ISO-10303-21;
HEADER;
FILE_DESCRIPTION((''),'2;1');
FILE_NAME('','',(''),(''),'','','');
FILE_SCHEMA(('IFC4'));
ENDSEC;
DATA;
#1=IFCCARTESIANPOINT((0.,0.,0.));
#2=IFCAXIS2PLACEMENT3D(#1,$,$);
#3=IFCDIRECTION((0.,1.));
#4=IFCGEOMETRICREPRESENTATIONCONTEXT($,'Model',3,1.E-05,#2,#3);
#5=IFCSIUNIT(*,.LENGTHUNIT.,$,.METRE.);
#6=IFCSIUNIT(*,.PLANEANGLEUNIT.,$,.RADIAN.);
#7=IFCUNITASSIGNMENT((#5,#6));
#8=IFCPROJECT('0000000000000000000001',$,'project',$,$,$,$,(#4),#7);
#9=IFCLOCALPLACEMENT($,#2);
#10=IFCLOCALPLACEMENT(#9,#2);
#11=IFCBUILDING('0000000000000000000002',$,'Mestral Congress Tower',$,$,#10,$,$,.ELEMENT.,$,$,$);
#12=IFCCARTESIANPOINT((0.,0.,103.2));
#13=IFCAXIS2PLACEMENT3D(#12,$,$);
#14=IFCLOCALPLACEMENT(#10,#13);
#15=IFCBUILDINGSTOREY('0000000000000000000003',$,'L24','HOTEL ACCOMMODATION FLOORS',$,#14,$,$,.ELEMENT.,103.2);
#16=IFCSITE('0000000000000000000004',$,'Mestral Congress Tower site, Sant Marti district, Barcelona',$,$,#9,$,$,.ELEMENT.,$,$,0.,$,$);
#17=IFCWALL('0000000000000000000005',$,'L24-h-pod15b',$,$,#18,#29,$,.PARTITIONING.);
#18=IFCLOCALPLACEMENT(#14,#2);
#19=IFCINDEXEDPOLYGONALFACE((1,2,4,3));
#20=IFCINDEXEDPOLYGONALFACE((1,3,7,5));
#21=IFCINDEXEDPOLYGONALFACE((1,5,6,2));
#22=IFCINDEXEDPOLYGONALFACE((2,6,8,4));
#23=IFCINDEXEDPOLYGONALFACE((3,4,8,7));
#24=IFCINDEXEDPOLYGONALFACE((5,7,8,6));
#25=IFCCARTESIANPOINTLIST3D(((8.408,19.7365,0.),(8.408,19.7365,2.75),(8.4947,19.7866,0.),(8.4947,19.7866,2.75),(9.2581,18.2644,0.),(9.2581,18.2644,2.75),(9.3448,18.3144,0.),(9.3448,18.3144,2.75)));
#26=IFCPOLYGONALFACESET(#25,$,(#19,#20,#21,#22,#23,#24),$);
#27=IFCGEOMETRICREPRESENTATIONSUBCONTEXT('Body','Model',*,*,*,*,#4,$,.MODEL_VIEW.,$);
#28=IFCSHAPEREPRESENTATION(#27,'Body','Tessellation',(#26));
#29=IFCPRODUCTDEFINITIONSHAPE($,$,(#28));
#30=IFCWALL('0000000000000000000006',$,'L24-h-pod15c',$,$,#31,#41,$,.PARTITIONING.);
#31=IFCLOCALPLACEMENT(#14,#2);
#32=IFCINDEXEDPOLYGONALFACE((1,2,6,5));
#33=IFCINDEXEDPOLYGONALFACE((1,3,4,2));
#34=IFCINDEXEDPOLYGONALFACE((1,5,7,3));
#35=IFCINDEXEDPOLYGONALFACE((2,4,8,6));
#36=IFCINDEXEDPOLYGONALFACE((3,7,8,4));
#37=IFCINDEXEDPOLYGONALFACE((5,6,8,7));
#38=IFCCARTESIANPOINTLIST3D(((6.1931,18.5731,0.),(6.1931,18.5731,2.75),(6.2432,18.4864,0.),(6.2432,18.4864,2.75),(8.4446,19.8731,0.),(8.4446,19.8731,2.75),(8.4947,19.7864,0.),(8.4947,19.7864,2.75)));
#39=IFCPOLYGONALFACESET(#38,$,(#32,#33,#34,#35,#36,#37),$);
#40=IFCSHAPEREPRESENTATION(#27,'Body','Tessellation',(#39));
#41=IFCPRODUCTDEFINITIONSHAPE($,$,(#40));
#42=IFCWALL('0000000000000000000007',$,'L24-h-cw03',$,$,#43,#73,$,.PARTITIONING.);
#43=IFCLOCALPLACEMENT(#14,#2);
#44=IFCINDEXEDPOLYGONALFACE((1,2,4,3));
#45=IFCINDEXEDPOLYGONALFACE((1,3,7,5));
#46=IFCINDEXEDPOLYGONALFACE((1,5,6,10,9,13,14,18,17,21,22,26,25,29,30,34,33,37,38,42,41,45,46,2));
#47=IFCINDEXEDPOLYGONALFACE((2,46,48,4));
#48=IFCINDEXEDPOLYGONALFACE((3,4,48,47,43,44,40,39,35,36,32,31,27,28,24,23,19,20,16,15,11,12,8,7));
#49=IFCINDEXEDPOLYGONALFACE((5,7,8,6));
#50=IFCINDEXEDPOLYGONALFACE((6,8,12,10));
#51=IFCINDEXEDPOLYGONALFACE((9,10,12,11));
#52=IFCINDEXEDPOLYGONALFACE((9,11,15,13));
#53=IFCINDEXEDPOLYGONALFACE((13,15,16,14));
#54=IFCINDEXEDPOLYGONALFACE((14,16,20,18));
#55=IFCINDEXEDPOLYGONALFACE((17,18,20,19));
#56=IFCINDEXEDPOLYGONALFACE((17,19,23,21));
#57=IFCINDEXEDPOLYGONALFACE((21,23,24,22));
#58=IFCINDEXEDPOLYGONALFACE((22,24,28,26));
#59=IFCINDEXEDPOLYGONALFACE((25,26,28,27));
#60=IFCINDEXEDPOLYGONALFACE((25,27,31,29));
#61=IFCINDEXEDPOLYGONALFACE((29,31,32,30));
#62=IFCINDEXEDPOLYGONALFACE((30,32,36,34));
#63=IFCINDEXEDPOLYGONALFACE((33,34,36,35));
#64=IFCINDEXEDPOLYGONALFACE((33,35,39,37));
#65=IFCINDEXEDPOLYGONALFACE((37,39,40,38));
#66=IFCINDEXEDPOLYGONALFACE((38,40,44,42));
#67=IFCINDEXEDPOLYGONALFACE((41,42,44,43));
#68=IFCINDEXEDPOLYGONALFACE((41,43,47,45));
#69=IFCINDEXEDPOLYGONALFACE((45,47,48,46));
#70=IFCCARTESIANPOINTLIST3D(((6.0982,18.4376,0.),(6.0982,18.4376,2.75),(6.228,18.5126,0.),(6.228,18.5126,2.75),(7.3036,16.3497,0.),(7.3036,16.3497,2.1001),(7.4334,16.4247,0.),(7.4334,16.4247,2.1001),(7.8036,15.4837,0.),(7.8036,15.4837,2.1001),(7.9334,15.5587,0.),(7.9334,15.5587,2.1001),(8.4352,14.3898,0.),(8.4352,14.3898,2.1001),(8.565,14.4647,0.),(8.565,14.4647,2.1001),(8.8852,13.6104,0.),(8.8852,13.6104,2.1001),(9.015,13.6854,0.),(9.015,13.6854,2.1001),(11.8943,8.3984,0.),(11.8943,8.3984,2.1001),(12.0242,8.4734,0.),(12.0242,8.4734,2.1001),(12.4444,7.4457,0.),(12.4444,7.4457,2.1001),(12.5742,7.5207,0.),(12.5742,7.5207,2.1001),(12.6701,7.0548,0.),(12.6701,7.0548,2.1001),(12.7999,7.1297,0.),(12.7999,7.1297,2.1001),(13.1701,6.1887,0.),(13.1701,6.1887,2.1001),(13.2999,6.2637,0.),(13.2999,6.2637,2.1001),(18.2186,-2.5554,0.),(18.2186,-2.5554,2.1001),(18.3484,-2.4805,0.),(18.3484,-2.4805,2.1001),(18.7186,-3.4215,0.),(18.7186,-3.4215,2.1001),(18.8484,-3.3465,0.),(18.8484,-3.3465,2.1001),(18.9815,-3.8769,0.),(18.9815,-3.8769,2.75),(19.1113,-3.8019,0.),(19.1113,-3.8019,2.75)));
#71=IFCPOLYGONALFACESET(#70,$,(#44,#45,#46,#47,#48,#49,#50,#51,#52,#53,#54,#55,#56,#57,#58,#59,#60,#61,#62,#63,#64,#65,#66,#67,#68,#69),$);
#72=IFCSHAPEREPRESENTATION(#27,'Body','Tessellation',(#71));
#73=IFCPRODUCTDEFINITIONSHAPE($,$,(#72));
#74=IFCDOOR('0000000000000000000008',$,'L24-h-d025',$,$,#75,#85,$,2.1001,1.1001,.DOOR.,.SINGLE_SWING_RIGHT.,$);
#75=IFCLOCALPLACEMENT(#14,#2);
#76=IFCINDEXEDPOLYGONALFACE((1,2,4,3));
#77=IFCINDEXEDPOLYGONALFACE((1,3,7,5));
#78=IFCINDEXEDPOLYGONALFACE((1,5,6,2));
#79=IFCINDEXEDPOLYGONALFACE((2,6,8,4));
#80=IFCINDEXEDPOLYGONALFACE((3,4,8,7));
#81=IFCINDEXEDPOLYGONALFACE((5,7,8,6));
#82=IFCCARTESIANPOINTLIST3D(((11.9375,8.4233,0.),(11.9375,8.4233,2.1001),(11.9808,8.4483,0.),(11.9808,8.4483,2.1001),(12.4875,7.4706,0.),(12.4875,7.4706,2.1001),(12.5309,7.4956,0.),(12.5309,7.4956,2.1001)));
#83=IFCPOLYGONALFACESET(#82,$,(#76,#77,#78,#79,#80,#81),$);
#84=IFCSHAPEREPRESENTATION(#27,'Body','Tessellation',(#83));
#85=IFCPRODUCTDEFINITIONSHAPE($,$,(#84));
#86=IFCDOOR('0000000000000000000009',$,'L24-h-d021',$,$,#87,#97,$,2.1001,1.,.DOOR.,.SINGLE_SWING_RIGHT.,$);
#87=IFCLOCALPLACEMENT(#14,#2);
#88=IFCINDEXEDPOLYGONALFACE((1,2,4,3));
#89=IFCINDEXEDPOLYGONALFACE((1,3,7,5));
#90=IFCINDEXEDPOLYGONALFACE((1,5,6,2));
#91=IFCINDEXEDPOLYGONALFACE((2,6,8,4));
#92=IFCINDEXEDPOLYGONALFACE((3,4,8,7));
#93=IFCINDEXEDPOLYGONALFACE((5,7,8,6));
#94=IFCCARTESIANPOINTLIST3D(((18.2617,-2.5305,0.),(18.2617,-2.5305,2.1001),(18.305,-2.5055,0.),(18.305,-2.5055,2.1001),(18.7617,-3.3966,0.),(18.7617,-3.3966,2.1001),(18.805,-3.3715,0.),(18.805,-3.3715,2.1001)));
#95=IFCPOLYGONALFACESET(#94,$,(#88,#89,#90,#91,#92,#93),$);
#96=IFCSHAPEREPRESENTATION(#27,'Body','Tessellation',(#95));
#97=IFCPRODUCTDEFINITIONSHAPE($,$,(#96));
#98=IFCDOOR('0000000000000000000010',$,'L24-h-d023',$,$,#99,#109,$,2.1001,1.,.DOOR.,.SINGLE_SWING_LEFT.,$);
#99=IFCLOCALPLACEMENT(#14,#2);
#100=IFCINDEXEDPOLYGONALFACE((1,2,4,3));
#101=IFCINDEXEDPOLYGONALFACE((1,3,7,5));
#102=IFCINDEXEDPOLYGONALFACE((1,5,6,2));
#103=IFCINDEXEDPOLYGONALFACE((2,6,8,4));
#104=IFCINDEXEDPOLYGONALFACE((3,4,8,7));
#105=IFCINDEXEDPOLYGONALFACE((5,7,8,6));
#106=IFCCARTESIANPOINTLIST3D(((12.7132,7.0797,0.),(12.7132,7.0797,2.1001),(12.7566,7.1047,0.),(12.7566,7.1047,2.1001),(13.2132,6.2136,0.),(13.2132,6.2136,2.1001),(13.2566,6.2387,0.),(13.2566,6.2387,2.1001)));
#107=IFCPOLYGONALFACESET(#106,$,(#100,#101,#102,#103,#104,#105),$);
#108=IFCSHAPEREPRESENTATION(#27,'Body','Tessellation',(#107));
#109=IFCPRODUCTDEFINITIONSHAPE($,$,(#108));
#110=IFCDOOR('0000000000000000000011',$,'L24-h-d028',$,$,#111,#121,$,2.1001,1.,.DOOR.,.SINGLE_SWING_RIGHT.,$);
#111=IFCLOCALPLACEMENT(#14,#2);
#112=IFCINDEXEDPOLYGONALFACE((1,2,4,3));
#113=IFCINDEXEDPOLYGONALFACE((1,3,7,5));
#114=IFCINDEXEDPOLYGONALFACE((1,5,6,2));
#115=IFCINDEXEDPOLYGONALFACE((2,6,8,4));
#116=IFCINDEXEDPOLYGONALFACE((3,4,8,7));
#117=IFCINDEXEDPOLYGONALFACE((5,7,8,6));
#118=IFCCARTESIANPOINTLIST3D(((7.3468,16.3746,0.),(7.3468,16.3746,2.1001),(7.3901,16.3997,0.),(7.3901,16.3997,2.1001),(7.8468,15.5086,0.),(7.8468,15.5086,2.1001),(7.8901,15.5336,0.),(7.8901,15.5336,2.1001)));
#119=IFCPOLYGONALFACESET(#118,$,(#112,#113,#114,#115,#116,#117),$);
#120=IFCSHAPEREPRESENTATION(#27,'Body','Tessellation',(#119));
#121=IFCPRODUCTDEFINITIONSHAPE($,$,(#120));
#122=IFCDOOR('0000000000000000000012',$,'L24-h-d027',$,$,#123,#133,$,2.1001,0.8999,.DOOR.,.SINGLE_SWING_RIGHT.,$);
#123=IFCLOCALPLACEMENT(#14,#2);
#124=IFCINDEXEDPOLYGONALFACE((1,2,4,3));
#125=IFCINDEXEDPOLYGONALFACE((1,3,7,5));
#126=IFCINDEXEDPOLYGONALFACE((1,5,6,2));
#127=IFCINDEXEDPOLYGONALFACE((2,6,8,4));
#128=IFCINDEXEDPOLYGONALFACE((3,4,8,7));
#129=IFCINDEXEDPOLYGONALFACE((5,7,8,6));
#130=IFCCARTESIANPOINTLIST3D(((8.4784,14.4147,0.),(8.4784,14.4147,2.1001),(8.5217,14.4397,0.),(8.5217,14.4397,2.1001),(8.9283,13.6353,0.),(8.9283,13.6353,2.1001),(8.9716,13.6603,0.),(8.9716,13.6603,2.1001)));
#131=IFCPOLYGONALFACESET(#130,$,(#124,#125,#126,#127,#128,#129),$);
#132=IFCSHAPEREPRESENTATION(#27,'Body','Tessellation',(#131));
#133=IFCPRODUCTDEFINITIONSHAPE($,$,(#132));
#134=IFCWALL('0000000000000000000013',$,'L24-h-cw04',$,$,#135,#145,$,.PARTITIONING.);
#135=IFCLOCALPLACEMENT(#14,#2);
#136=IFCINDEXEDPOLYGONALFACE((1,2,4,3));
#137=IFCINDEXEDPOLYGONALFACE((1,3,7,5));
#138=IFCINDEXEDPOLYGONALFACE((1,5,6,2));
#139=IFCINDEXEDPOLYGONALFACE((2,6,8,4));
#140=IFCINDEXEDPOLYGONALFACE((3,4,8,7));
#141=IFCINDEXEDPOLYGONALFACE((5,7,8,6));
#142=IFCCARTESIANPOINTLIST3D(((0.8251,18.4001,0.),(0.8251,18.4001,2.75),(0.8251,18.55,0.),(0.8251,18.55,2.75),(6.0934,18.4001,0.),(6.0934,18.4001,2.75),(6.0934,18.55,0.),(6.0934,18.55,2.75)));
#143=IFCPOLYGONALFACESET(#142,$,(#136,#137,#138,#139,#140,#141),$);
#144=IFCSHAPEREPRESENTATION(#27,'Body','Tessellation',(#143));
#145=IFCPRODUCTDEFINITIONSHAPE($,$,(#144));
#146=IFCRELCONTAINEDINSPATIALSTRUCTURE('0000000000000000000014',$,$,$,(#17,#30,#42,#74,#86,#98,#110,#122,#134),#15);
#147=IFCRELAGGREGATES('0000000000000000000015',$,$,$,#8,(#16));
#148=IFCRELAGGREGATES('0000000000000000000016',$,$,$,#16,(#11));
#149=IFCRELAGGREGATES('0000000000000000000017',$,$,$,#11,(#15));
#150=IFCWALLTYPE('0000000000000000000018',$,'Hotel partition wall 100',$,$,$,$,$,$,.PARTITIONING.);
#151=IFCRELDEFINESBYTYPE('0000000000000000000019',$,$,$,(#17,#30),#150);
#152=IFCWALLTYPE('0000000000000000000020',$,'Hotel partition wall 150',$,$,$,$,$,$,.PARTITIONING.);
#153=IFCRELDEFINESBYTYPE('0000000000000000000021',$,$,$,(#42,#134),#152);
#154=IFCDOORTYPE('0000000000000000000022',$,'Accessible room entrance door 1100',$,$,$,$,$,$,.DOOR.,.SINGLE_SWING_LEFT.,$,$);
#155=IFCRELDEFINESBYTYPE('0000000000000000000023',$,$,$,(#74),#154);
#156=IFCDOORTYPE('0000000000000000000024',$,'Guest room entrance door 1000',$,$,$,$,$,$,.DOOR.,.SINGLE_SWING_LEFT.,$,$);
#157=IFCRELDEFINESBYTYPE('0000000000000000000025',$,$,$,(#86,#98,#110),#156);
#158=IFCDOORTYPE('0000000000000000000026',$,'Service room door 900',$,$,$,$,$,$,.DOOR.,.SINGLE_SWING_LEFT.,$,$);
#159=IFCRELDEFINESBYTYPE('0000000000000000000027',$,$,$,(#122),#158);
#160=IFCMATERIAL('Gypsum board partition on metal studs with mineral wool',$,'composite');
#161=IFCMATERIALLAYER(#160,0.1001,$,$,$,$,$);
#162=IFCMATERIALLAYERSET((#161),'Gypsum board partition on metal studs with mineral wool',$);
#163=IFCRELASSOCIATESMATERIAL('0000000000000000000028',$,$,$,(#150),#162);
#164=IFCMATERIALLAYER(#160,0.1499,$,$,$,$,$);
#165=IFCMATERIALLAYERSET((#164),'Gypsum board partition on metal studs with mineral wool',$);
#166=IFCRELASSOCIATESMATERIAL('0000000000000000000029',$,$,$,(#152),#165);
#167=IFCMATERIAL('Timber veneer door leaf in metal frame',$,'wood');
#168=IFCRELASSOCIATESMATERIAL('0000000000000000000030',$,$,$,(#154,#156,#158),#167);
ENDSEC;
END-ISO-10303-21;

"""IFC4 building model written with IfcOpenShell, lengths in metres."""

from ifc_helpers import new_model, si_unit, direction, frame, frame_2d, origin, place, context, subcontext, project, spatial, rectangle, extrude, material, layer, layer_set, type_object, element, fill, save


model = new_model("IFC4")

# Units and contexts
model_context = context("Model", 3, precision=1e-05, world=origin(), true_north=direction((0.0, 1.0)))
body_context = subcontext(model_context, "Body", "Model", "MODEL_VIEW")
ifc_project = project(units=[si_unit("LENGTHUNIT", "METRE"), si_unit("PLANEANGLEUNIT", "RADIAN")], contexts=[model_context])

# Site, building, storey
site_placement = place(None, origin())
site = spatial("IfcSite", under=ifc_project, at=site_placement, Name="Mestral Congress Tower site, Sant Marti district, Barcelona", CompositionType="ELEMENT", RefElevation=0.0)
building_placement = place(site_placement, origin())
building = spatial("IfcBuilding", under=site, at=building_placement, Name="Mestral Congress Tower", CompositionType="ELEMENT")
storey_placement = place(building_placement, frame((0.0, 0.0, 103.2)))
storey = spatial("IfcBuildingStorey", under=building, at=storey_placement, Name="L24", Description="HOTEL ACCOMMODATION FLOORS", CompositionType="ELEMENT", Elevation=103.2)

# Shared definitions
ifc_material_1 = material(Name="Gypsum board partition on metal studs with mineral wool", Category="composite")
ifc_layer_1 = layer(ifc_material_1, 0.1001)
ifc_layer_set_1 = layer_set([ifc_layer_1], Name="Gypsum board partition on metal studs with mineral wool")
wall_type_1 = type_object("IfcWallType", Name="Hotel partition wall 100", PredefinedType="PARTITIONING", material=ifc_layer_set_1)

# Walls
wall_1_placement = place(storey_placement, frame((9.3015, 18.2893, 0.0), z_axis=(0.0, 0.0, 1.0), x_axis=(-0.500062, 0.865989, 0.0)))
element("IfcWall", 1, at=wall_1_placement, inside=storey, type_object=wall_type_1, Name="L24-h-pod15b", PredefinedType="PARTITIONING", context=body_context, shape_type="SweptSolid", body=[
    extrude(rectangle(XDim=1.7, YDim=0.1001, at=frame_2d((0.8501, 0.0))), origin(), (0.0, 0.0, 1.0), 2.75),
])
wall_2_placement = place(storey_placement, frame((6.2183, 18.5298, 0.0), z_axis=(0.0, 0.0, 1.0), x_axis=(0.865998, 0.500048, 0.0)))
element("IfcWall", 2, at=wall_2_placement, inside=storey, type_object=wall_type_1, Name="L24-h-pod15c", PredefinedType="PARTITIONING", context=body_context, shape_type="SweptSolid", body=[
    extrude(rectangle(XDim=2.5999, YDim=0.1001, at=frame_2d((1.2998, 0.0))), origin(), (0.0, 0.0, 1.0), 2.75),
])

# Wall, openings, doors
ifc_layer_2 = layer(ifc_material_1, 0.1499)
ifc_layer_set_2 = layer_set([ifc_layer_2], Name="Gypsum board partition on metal studs with mineral wool")
wall_type_2 = type_object("IfcWallType", Name="Hotel partition wall 150", PredefinedType="PARTITIONING", material=ifc_layer_set_2)
wall_3_placement = place(storey_placement, frame((6.1631, 18.4751, 0.0), z_axis=(0.0, 0.0, 1.0), x_axis=(0.500001, -0.866025, 0.0)))
wall_3 = element("IfcWall", 3, at=wall_3_placement, inside=storey, type_object=wall_type_2, Name="L24-h-cw03", PredefinedType="PARTITIONING", context=body_context, shape_type="SweptSolid", body=[
    extrude(rectangle(XDim=25.7666, YDim=0.1499, at=frame_2d((12.8833, 0.0))), origin(), (0.0, 0.0, 1.0), 2.75),
])
opening_1_placement = place(wall_3_placement, frame((24.2407, 0.0, 0.0)))
opening_1 = element("IfcOpeningElement", 4, at=opening_1_placement, cuts=wall_3, PredefinedType="OPENING", context=body_context, shape_type="SweptSolid", body=[
    extrude(rectangle(XDim=1.0, YDim=2.1001, at=frame_2d((0.5, 1.05))), frame((0.0, 0.085, 0.0), z_axis=(0.0, -1.0, 0.0), x_axis=(1.0, 0.0, 0.0)), (0.0, 0.0, 1.0), 0.1699),
])
opening_2_placement = place(wall_3_placement, frame((13.1438, 0.0, 0.0)))
opening_2 = element("IfcOpeningElement", 5, at=opening_2_placement, cuts=wall_3, PredefinedType="OPENING", context=body_context, shape_type="SweptSolid", body=[
    extrude(rectangle(XDim=1.0, YDim=2.1001, at=frame_2d((0.5, 1.05))), frame((0.0, 0.085, 0.0), z_axis=(0.0, -1.0, 0.0), x_axis=(1.0, 0.0, 0.0)), (0.0, 0.0, 1.0), 0.1699),
])
opening_3_placement = place(wall_3_placement, frame((11.5923, 0.0, 0.0)))
opening_3 = element("IfcOpeningElement", 6, at=opening_3_placement, cuts=wall_3, PredefinedType="OPENING", context=body_context, shape_type="SweptSolid", body=[
    extrude(rectangle(XDim=1.1001, YDim=2.1001, at=frame_2d((0.55, 1.05))), frame((0.0, 0.085, 0.0), z_axis=(0.0, -1.0, 0.0), x_axis=(1.0, 0.0, 0.0)), (0.0, 0.0, 1.0), 0.1699),
])
opening_4_placement = place(wall_3_placement, frame((4.6741, 0.0, 0.0)))
opening_4 = element("IfcOpeningElement", 7, at=opening_4_placement, cuts=wall_3, PredefinedType="OPENING", context=body_context, shape_type="SweptSolid", body=[
    extrude(rectangle(XDim=0.8999, YDim=2.1001, at=frame_2d((0.45, 1.05))), frame((0.0, 0.085, 0.0), z_axis=(0.0, -1.0, 0.0), x_axis=(1.0, 0.0, 0.0)), (0.0, 0.0, 1.0), 0.1699),
])
opening_5_placement = place(wall_3_placement, frame((2.4109, 0.0, 0.0)))
opening_5 = element("IfcOpeningElement", 8, at=opening_5_placement, cuts=wall_3, PredefinedType="OPENING", context=body_context, shape_type="SweptSolid", body=[
    extrude(rectangle(XDim=1.0, YDim=2.1001, at=frame_2d((0.5, 1.05))), frame((0.0, 0.085, 0.0), z_axis=(0.0, -1.0, 0.0), x_axis=(1.0, 0.0, 0.0)), (0.0, 0.0, 1.0), 0.1699),
])
ifc_material_2 = material(Name="Timber veneer door leaf in metal frame", Category="wood")
door_type_1 = type_object("IfcDoorType", Name="Accessible room entrance door 1100", OperationType="SINGLE_SWING_LEFT", PredefinedType="DOOR", material=ifc_material_2)
door_1_placement = place(opening_3_placement, origin())
door_1 = element("IfcDoor", 9, at=door_1_placement, inside=storey, type_object=door_type_1, Name="L24-h-d025", OperationType="SINGLE_SWING_RIGHT", OverallHeight=2.1001, OverallWidth=1.1001, PredefinedType="DOOR", context=body_context, shape_type="SweptSolid", body=[
    extrude(rectangle(XDim=1.1001, YDim=2.1001, at=frame_2d((0.55, 1.05))), frame((0.0, 0.0249, 0.0), z_axis=(0.0, -1.0, 0.0), x_axis=(1.0, 0.0, 0.0)), (0.0, 0.0, 1.0), 0.05),
])
fill(opening_3, door_1)
door_type_2 = type_object("IfcDoorType", Name="Guest room entrance door 1000", OperationType="SINGLE_SWING_LEFT", PredefinedType="DOOR", material=ifc_material_2)
door_2_placement = place(opening_1_placement, origin())
door_2 = element("IfcDoor", 10, at=door_2_placement, inside=storey, type_object=door_type_2, Name="L24-h-d021", OperationType="SINGLE_SWING_RIGHT", OverallHeight=2.1001, OverallWidth=1.0, PredefinedType="DOOR", context=body_context, shape_type="SweptSolid", body=[
    extrude(rectangle(XDim=1.0, YDim=2.1001, at=frame_2d((0.5, 1.05))), frame((0.0, 0.0249, 0.0), z_axis=(0.0, -1.0, 0.0), x_axis=(1.0, 0.0, 0.0)), (0.0, 0.0, 1.0), 0.05),
])
fill(opening_1, door_2)
door_3_placement = place(opening_2_placement, origin())
door_3 = element("IfcDoor", 11, at=door_3_placement, inside=storey, type_object=door_type_2, Name="L24-h-d023", OperationType="SINGLE_SWING_LEFT", OverallHeight=2.1001, OverallWidth=1.0, PredefinedType="DOOR", context=body_context, shape_type="SweptSolid", body=[
    extrude(rectangle(XDim=1.0, YDim=2.1001, at=frame_2d((0.5, 1.05))), frame((0.0, 0.0249, 0.0), z_axis=(0.0, -1.0, 0.0), x_axis=(1.0, 0.0, 0.0)), (0.0, 0.0, 1.0), 0.05),
])
fill(opening_2, door_3)
door_4_placement = place(opening_5_placement, origin())
door_4 = element("IfcDoor", 12, at=door_4_placement, inside=storey, type_object=door_type_2, Name="L24-h-d028", OperationType="SINGLE_SWING_RIGHT", OverallHeight=2.1001, OverallWidth=1.0, PredefinedType="DOOR", context=body_context, shape_type="SweptSolid", body=[
    extrude(rectangle(XDim=1.0, YDim=2.1001, at=frame_2d((0.5, 1.05))), frame((0.0, 0.0249, 0.0), z_axis=(0.0, -1.0, 0.0), x_axis=(1.0, 0.0, 0.0)), (0.0, 0.0, 1.0), 0.05),
])
fill(opening_5, door_4)
door_type_3 = type_object("IfcDoorType", Name="Service room door 900", OperationType="SINGLE_SWING_LEFT", PredefinedType="DOOR", material=ifc_material_2)
door_5_placement = place(opening_4_placement, origin())
door_5 = element("IfcDoor", 13, at=door_5_placement, inside=storey, type_object=door_type_3, Name="L24-h-d027", OperationType="SINGLE_SWING_RIGHT", OverallHeight=2.1001, OverallWidth=0.8999, PredefinedType="DOOR", context=body_context, shape_type="SweptSolid", body=[
    extrude(rectangle(XDim=0.8999, YDim=2.1001, at=frame_2d((0.45, 1.05))), frame((0.0, 0.0249, 0.0), z_axis=(0.0, -1.0, 0.0), x_axis=(1.0, 0.0, 0.0)), (0.0, 0.0, 1.0), 0.05),
])
fill(opening_4, door_5)

# Wall
wall_4_placement = place(storey_placement, frame((0.825, 18.4751, 0.0), z_axis=(0.0, 0.0, 1.0), x_axis=(1.0, 0.0, 0.0)))
element("IfcWall", 14, at=wall_4_placement, inside=storey, type_object=wall_type_2, Name="L24-h-cw04", PredefinedType="PARTITIONING", context=body_context, shape_type="SweptSolid", body=[
    extrude(rectangle(XDim=5.2683, YDim=0.1499, at=frame_2d((2.6343, 0.0))), origin(), (0.0, 0.0, 1.0), 2.75),
])

save(model, "model.ifc")
